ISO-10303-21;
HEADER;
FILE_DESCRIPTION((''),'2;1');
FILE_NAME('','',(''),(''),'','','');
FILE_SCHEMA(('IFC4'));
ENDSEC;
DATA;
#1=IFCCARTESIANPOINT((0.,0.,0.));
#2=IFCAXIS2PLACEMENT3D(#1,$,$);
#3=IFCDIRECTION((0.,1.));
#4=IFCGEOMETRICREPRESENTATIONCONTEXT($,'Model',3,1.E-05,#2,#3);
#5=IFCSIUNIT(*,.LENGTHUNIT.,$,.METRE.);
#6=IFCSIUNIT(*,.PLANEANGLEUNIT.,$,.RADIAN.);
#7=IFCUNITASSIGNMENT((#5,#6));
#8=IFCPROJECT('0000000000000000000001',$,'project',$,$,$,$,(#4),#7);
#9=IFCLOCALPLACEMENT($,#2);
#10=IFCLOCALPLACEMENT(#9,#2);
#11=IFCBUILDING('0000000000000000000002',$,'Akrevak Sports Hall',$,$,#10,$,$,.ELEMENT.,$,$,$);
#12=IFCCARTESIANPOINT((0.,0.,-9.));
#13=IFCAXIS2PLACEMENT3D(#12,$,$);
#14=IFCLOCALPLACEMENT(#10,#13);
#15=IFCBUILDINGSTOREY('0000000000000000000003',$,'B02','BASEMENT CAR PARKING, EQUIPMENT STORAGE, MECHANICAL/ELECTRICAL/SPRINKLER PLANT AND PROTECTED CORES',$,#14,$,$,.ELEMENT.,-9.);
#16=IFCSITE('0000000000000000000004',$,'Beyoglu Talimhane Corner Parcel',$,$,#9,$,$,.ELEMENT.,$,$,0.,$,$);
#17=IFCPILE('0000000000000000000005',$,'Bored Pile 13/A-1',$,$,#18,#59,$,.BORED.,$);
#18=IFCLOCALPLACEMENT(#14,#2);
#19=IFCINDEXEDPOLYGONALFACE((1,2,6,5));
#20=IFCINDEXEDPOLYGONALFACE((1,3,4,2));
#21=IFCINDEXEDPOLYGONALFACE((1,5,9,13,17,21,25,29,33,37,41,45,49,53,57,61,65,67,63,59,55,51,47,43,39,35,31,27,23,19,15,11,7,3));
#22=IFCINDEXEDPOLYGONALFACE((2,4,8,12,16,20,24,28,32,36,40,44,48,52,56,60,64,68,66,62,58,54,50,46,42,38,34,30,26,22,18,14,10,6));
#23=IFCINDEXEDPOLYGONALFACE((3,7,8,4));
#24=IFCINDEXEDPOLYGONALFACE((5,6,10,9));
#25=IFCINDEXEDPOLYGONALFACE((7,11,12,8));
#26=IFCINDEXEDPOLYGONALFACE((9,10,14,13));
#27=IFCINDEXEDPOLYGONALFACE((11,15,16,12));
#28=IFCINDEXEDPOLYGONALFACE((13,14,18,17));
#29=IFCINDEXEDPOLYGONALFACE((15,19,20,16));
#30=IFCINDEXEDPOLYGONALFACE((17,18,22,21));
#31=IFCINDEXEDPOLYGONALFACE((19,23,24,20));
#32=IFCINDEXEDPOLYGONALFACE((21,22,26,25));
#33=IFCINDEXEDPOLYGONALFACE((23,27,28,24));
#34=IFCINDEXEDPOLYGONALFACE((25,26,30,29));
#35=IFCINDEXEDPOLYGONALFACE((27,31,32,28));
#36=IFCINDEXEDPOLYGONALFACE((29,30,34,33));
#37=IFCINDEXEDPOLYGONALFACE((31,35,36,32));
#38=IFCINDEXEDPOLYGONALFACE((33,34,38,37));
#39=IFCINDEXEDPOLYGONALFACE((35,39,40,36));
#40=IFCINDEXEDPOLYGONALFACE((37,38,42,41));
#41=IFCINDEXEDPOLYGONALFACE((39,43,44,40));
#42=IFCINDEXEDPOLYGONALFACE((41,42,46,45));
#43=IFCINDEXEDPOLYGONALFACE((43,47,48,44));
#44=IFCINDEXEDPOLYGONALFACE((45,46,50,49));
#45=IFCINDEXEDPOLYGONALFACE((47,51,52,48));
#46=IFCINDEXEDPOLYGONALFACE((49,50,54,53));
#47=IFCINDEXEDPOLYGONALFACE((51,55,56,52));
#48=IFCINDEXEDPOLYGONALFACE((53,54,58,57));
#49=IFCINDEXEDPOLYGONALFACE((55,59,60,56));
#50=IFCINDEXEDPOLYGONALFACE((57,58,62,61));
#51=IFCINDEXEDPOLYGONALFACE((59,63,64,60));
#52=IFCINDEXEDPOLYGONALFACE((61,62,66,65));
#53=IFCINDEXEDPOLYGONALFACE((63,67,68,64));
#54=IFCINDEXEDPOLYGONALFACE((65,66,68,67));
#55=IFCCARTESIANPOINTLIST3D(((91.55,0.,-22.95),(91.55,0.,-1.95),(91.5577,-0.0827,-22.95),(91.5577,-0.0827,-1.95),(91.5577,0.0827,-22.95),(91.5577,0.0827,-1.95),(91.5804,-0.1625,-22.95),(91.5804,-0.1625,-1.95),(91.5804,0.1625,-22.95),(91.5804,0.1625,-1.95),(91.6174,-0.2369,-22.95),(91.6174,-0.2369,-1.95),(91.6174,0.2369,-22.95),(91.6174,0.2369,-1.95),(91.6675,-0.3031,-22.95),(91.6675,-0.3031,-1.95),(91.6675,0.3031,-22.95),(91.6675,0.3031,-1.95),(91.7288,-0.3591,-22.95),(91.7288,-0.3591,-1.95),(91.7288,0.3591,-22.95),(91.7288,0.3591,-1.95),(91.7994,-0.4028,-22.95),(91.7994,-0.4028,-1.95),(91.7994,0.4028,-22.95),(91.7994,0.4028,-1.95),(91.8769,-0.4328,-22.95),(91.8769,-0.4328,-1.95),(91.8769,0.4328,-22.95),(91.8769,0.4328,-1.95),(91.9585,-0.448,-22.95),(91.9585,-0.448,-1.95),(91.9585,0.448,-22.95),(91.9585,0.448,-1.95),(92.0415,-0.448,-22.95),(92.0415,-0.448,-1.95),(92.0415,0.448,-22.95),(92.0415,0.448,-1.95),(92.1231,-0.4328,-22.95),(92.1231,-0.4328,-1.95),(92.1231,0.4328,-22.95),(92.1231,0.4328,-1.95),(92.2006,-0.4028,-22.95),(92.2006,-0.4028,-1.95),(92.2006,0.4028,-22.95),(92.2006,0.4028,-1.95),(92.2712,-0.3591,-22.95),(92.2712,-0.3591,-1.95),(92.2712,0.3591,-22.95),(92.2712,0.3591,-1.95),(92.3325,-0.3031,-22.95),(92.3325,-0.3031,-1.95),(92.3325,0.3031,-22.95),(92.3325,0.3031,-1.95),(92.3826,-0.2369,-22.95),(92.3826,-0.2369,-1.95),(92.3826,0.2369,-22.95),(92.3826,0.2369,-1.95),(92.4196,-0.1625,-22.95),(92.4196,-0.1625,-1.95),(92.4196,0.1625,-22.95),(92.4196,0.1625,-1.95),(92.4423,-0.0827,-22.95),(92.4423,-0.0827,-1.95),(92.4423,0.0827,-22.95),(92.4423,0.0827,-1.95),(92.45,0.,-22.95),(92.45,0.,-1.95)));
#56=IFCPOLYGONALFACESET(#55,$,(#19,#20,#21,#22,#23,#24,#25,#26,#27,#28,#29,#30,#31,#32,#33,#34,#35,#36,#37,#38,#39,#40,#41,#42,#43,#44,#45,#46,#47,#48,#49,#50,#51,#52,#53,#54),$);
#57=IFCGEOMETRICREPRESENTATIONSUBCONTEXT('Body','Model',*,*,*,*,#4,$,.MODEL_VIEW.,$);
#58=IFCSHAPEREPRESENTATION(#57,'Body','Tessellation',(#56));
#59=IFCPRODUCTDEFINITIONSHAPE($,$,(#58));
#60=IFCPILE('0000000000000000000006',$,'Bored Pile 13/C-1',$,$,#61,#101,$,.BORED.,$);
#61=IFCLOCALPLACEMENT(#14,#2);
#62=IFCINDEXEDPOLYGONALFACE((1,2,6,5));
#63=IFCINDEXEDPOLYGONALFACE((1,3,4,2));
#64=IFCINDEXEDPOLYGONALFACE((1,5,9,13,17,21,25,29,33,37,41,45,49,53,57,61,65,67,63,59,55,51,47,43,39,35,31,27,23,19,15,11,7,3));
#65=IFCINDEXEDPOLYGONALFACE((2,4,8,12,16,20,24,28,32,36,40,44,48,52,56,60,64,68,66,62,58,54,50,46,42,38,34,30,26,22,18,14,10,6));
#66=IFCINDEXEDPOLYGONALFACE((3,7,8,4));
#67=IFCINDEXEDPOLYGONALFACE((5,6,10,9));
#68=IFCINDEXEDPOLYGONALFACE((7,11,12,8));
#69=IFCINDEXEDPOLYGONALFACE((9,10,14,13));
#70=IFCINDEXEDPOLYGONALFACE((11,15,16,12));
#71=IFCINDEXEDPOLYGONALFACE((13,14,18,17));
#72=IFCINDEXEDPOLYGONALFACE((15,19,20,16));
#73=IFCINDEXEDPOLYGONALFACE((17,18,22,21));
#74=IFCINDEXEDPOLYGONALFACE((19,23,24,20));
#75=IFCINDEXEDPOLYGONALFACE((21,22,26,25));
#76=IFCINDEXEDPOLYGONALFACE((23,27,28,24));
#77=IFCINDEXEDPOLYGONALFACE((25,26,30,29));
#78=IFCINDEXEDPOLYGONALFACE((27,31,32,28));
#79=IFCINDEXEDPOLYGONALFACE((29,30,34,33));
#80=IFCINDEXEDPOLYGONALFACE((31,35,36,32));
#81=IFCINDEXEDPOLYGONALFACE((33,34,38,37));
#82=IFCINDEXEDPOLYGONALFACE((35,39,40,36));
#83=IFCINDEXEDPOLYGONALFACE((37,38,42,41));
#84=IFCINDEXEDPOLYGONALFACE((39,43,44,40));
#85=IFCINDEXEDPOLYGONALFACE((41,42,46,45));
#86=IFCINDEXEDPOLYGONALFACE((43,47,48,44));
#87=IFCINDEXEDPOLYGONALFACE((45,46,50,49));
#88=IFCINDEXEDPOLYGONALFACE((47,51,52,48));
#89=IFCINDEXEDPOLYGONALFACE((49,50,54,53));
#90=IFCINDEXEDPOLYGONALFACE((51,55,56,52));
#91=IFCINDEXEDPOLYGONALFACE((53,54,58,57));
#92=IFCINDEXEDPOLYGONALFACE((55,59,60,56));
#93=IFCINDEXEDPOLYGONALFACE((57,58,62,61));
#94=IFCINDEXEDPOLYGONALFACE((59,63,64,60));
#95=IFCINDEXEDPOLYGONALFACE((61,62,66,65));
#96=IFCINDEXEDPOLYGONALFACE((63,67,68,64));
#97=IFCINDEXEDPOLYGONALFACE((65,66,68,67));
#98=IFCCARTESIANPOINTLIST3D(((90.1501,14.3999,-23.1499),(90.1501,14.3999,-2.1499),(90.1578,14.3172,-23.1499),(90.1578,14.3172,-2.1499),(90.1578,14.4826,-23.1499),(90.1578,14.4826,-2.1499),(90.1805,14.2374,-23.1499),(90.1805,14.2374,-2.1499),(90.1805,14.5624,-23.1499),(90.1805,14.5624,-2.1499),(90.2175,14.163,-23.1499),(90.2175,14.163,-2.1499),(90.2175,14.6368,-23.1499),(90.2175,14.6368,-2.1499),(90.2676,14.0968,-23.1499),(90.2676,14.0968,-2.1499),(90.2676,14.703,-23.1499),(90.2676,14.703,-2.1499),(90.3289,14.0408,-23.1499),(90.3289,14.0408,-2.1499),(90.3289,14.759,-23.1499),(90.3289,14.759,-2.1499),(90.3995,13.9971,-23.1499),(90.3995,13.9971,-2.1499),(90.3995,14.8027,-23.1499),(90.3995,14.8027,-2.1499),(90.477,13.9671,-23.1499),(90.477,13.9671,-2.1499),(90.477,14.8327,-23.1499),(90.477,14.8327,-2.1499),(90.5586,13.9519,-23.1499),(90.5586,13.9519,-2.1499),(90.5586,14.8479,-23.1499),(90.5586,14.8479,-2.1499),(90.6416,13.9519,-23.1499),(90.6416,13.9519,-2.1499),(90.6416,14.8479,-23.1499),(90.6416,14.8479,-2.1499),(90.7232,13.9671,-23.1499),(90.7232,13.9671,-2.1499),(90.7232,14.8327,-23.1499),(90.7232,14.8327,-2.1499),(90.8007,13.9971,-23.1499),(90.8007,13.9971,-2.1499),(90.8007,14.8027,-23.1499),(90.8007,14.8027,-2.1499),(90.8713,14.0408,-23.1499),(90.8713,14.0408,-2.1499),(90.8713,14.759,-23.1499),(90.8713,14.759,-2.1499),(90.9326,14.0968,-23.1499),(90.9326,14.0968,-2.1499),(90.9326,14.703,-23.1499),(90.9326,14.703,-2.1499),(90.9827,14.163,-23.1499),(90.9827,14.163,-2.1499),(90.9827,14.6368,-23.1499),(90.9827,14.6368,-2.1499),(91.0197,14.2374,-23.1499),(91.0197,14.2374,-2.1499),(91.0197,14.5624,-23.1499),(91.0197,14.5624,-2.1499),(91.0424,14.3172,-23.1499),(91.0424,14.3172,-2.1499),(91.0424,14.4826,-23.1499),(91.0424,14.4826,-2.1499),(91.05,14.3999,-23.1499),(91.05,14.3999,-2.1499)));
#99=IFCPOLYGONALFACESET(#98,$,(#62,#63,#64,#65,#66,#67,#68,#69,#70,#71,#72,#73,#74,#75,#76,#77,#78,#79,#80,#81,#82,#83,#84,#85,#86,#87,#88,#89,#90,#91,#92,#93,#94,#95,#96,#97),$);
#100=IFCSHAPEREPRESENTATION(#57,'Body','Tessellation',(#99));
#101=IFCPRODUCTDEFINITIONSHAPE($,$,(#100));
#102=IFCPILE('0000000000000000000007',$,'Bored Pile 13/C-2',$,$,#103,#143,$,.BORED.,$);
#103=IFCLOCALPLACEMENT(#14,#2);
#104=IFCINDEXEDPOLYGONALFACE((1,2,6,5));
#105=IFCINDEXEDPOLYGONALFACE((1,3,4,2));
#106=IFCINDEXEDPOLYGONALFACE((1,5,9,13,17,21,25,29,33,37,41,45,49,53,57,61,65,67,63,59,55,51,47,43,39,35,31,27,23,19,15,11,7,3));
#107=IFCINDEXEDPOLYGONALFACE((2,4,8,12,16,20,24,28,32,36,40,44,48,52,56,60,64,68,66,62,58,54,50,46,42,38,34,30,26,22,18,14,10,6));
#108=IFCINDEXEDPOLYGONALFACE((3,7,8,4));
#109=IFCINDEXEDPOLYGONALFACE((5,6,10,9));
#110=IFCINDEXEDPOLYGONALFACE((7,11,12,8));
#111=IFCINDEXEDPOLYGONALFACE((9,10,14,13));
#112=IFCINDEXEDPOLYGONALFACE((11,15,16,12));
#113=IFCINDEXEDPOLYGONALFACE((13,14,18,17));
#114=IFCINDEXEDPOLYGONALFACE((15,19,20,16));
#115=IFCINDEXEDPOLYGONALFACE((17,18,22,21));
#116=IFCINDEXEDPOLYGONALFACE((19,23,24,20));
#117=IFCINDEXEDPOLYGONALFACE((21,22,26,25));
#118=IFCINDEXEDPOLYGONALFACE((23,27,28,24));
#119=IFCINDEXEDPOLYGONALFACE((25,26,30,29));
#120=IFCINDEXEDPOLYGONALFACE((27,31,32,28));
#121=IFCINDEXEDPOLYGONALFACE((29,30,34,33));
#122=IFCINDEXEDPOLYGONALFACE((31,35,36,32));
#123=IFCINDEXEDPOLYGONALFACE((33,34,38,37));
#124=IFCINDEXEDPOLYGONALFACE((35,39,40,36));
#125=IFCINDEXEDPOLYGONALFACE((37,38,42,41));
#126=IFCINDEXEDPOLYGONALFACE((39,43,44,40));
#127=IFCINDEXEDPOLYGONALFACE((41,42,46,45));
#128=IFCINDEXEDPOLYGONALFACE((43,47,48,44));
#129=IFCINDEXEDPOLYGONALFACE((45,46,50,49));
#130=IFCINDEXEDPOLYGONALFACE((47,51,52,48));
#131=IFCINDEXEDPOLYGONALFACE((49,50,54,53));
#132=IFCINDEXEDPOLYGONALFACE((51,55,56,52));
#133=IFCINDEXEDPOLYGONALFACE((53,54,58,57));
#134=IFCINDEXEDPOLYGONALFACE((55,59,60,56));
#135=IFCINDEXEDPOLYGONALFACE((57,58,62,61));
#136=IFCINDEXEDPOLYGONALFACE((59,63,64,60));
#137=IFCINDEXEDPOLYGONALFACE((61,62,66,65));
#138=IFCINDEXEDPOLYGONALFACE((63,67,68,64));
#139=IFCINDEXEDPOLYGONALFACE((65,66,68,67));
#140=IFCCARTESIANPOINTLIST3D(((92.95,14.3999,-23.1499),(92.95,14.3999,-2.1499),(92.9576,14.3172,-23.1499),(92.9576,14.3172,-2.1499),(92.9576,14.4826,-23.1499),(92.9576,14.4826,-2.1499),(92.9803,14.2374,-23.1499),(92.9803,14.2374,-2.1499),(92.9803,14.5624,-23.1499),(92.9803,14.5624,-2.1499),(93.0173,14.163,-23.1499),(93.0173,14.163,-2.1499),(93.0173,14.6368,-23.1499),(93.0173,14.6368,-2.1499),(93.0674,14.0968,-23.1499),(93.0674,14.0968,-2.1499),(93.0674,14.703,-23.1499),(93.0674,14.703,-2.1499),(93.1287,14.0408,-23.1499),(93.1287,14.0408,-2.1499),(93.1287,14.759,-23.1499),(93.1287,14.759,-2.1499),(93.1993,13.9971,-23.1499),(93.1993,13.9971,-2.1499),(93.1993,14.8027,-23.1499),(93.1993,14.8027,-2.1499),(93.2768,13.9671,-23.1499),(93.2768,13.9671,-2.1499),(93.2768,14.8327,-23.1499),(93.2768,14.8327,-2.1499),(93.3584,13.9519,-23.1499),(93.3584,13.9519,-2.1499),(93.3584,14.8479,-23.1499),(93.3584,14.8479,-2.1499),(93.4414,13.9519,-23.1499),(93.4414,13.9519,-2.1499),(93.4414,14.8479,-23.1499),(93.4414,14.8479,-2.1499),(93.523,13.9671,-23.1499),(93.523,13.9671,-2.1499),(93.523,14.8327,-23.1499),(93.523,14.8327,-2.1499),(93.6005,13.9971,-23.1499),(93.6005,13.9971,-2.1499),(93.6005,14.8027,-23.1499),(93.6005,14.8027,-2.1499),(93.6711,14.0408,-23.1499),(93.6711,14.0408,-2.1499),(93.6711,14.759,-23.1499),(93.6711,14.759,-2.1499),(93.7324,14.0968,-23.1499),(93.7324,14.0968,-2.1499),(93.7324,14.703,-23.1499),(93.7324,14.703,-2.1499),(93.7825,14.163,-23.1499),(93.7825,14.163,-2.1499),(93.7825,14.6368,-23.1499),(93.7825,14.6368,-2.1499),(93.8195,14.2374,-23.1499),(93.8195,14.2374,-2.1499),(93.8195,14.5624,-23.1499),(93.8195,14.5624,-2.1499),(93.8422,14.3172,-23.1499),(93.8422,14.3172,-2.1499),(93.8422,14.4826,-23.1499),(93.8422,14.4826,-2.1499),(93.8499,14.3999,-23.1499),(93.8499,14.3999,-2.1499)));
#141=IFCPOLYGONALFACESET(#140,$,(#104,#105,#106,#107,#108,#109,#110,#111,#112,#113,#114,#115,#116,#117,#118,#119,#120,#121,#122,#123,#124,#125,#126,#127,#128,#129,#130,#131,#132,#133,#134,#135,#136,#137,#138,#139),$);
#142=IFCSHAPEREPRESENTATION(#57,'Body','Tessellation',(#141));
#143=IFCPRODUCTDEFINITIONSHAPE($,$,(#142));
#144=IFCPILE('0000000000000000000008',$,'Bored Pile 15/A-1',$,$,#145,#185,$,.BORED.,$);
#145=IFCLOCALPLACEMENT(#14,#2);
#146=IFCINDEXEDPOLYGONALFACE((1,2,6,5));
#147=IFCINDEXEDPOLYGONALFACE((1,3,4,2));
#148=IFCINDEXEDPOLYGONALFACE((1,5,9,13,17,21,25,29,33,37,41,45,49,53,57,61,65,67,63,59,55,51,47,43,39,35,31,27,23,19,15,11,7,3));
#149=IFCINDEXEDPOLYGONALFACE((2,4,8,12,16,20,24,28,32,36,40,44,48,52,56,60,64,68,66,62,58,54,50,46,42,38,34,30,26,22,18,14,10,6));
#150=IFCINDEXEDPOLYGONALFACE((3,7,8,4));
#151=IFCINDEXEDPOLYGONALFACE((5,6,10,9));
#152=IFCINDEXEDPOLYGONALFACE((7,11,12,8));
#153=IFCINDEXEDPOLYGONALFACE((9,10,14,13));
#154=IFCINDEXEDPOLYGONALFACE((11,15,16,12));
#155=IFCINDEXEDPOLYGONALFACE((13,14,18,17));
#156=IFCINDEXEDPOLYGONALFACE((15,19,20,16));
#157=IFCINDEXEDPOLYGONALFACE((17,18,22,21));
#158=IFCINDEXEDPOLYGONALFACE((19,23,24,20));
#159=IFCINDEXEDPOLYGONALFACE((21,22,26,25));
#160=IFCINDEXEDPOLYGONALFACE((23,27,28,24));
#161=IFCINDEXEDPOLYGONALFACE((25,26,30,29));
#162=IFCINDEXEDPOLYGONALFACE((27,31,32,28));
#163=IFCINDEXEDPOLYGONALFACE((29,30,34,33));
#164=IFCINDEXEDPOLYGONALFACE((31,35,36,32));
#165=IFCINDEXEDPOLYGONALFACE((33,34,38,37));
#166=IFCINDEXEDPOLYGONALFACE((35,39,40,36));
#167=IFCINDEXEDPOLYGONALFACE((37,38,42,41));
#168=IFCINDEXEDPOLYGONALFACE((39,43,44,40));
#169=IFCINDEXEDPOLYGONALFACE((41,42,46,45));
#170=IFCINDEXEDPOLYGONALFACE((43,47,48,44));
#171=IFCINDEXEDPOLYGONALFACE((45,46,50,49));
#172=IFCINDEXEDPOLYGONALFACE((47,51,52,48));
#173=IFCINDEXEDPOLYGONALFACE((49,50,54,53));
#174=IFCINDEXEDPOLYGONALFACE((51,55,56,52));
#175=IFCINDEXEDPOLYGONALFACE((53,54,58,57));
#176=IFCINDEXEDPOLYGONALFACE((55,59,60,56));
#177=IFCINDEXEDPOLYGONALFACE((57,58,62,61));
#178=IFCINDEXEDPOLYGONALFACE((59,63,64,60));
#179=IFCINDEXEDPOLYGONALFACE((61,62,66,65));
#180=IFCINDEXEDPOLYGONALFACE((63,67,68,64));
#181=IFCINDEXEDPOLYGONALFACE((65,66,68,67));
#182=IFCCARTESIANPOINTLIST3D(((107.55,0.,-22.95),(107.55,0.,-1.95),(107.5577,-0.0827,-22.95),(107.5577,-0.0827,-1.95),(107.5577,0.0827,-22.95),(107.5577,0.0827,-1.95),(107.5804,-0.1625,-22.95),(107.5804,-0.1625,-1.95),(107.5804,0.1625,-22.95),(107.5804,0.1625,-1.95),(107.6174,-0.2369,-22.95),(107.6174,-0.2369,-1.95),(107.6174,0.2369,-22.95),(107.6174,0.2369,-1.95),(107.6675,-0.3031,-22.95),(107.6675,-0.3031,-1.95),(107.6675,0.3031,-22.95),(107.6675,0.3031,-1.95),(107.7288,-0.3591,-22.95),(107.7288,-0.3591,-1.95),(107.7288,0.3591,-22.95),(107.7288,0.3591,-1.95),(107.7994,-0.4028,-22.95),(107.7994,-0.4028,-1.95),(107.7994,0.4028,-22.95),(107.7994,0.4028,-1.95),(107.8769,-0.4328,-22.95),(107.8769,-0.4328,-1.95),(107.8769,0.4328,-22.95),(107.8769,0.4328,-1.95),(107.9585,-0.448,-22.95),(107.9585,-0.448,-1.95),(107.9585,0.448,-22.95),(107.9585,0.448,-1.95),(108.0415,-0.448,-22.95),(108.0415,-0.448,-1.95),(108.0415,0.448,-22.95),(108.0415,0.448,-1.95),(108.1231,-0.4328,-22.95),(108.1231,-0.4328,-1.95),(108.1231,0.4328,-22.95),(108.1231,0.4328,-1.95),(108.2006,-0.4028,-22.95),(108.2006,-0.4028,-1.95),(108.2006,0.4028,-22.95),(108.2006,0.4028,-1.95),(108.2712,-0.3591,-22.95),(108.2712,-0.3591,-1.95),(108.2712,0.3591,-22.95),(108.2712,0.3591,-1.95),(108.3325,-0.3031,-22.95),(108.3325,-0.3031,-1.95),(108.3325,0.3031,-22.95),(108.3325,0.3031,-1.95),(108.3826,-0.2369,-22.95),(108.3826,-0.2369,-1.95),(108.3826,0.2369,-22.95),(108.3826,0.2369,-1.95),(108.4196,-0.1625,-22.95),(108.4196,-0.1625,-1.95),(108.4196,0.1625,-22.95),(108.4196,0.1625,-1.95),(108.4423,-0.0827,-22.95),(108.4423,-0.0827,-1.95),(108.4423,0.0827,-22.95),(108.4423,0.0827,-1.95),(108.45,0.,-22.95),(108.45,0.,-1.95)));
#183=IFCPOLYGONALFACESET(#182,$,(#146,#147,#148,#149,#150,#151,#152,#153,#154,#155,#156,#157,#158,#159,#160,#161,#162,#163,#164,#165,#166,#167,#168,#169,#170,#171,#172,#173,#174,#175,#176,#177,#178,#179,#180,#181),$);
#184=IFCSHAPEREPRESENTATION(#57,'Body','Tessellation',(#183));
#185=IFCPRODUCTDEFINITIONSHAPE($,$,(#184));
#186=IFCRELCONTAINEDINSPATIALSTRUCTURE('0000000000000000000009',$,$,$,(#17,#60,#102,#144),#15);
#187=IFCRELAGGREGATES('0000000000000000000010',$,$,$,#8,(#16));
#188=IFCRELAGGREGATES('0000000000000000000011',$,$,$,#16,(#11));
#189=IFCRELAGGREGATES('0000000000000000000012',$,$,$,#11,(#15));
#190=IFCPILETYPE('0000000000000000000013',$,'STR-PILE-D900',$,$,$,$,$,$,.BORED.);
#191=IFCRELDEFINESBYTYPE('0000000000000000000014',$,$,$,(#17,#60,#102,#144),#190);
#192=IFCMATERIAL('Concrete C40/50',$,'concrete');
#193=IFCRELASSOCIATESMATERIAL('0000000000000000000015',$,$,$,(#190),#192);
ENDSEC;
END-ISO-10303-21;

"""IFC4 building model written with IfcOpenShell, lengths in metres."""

from ifc_helpers import new_model, si_unit, direction, frame, origin, origin_2d, place, context, subcontext, project, spatial, circle, extrude, material, material_profile, profile_set, type_object, element, save


model = new_model("IFC4")

# Units and contexts
model_context = context("Model", 3, precision=1e-05, world=origin(), true_north=direction((0.0, 1.0)))
body_context = subcontext(model_context, "Body", "Model", "MODEL_VIEW")
ifc_project = project(units=[si_unit("LENGTHUNIT", "METRE"), si_unit("PLANEANGLEUNIT", "RADIAN")], contexts=[model_context])

# Site, building, storey
site_placement = place(None, origin())
site = spatial("IfcSite", under=ifc_project, at=site_placement, Name="Beyoglu Talimhane Corner Parcel", CompositionType="ELEMENT", RefElevation=0.0)
building_placement = place(site_placement, origin())
building = spatial("IfcBuilding", under=site, at=building_placement, Name="Akrevak Sports Hall", CompositionType="ELEMENT")
storey_placement = place(building_placement, frame((0.0, 0.0, -9.0)))
storey = spatial("IfcBuildingStorey", under=building, at=storey_placement, Name="B02", Description="BASEMENT CAR PARKING, EQUIPMENT STORAGE, MECHANICAL/ELECTRICAL/SPRINKLER PLANT AND PROTECTED CORES", CompositionType="ELEMENT", Elevation=-9.0)

# Shared definitions
ifc_material_1 = material(Name="Concrete C40/50", Category="concrete")

# Piles
ifc_material_profile_1 = material_profile(ifc_material_1, circle(Radius=0.45, at=origin_2d()), Name="BORED PILE D900", Category="concrete")
ifc_profile_set_1 = profile_set([ifc_material_profile_1], Name="Concrete C40/50")
pile_type_1 = type_object("IfcPileType", Name="STR-PILE-D900", PredefinedType="BORED", material=ifc_profile_set_1)
for number, where, z_axis, x_axis, name in (
    (1, (92.0, 0.0, -1.95), (0.0, 0.0, -1.0), (1.0, 0.0, 0.0), "Bored Pile 13/A-1"),
    (2, (90.6001, 14.3999, -2.1499), (0.0, 0.0, -1.0), (1.0, 0.0, 0.0), "Bored Pile 13/C-1"),
    (3, (93.3999, 14.3999, -2.1499), (0.0, 0.0, -1.0), (1.0, 0.0, 0.0), "Bored Pile 13/C-2"),
    (4, (108.0, 0.0, -1.95), (0.0, 0.0, -1.0), (1.0, 0.0, 0.0), "Bored Pile 15/A-1"),
):
    element("IfcPile", number, at=place(storey_placement, frame(where, z_axis=z_axis, x_axis=x_axis)), inside=storey, type_object=pile_type_1, Name=name, PredefinedType="BORED", context=body_context, shape_type="SweptSolid", body=[
        extrude(circle(Radius=0.45, at=origin_2d()), origin(), (0.0, 0.0, 1.0), 21.0),
    ])

save(model, "model.ifc")
